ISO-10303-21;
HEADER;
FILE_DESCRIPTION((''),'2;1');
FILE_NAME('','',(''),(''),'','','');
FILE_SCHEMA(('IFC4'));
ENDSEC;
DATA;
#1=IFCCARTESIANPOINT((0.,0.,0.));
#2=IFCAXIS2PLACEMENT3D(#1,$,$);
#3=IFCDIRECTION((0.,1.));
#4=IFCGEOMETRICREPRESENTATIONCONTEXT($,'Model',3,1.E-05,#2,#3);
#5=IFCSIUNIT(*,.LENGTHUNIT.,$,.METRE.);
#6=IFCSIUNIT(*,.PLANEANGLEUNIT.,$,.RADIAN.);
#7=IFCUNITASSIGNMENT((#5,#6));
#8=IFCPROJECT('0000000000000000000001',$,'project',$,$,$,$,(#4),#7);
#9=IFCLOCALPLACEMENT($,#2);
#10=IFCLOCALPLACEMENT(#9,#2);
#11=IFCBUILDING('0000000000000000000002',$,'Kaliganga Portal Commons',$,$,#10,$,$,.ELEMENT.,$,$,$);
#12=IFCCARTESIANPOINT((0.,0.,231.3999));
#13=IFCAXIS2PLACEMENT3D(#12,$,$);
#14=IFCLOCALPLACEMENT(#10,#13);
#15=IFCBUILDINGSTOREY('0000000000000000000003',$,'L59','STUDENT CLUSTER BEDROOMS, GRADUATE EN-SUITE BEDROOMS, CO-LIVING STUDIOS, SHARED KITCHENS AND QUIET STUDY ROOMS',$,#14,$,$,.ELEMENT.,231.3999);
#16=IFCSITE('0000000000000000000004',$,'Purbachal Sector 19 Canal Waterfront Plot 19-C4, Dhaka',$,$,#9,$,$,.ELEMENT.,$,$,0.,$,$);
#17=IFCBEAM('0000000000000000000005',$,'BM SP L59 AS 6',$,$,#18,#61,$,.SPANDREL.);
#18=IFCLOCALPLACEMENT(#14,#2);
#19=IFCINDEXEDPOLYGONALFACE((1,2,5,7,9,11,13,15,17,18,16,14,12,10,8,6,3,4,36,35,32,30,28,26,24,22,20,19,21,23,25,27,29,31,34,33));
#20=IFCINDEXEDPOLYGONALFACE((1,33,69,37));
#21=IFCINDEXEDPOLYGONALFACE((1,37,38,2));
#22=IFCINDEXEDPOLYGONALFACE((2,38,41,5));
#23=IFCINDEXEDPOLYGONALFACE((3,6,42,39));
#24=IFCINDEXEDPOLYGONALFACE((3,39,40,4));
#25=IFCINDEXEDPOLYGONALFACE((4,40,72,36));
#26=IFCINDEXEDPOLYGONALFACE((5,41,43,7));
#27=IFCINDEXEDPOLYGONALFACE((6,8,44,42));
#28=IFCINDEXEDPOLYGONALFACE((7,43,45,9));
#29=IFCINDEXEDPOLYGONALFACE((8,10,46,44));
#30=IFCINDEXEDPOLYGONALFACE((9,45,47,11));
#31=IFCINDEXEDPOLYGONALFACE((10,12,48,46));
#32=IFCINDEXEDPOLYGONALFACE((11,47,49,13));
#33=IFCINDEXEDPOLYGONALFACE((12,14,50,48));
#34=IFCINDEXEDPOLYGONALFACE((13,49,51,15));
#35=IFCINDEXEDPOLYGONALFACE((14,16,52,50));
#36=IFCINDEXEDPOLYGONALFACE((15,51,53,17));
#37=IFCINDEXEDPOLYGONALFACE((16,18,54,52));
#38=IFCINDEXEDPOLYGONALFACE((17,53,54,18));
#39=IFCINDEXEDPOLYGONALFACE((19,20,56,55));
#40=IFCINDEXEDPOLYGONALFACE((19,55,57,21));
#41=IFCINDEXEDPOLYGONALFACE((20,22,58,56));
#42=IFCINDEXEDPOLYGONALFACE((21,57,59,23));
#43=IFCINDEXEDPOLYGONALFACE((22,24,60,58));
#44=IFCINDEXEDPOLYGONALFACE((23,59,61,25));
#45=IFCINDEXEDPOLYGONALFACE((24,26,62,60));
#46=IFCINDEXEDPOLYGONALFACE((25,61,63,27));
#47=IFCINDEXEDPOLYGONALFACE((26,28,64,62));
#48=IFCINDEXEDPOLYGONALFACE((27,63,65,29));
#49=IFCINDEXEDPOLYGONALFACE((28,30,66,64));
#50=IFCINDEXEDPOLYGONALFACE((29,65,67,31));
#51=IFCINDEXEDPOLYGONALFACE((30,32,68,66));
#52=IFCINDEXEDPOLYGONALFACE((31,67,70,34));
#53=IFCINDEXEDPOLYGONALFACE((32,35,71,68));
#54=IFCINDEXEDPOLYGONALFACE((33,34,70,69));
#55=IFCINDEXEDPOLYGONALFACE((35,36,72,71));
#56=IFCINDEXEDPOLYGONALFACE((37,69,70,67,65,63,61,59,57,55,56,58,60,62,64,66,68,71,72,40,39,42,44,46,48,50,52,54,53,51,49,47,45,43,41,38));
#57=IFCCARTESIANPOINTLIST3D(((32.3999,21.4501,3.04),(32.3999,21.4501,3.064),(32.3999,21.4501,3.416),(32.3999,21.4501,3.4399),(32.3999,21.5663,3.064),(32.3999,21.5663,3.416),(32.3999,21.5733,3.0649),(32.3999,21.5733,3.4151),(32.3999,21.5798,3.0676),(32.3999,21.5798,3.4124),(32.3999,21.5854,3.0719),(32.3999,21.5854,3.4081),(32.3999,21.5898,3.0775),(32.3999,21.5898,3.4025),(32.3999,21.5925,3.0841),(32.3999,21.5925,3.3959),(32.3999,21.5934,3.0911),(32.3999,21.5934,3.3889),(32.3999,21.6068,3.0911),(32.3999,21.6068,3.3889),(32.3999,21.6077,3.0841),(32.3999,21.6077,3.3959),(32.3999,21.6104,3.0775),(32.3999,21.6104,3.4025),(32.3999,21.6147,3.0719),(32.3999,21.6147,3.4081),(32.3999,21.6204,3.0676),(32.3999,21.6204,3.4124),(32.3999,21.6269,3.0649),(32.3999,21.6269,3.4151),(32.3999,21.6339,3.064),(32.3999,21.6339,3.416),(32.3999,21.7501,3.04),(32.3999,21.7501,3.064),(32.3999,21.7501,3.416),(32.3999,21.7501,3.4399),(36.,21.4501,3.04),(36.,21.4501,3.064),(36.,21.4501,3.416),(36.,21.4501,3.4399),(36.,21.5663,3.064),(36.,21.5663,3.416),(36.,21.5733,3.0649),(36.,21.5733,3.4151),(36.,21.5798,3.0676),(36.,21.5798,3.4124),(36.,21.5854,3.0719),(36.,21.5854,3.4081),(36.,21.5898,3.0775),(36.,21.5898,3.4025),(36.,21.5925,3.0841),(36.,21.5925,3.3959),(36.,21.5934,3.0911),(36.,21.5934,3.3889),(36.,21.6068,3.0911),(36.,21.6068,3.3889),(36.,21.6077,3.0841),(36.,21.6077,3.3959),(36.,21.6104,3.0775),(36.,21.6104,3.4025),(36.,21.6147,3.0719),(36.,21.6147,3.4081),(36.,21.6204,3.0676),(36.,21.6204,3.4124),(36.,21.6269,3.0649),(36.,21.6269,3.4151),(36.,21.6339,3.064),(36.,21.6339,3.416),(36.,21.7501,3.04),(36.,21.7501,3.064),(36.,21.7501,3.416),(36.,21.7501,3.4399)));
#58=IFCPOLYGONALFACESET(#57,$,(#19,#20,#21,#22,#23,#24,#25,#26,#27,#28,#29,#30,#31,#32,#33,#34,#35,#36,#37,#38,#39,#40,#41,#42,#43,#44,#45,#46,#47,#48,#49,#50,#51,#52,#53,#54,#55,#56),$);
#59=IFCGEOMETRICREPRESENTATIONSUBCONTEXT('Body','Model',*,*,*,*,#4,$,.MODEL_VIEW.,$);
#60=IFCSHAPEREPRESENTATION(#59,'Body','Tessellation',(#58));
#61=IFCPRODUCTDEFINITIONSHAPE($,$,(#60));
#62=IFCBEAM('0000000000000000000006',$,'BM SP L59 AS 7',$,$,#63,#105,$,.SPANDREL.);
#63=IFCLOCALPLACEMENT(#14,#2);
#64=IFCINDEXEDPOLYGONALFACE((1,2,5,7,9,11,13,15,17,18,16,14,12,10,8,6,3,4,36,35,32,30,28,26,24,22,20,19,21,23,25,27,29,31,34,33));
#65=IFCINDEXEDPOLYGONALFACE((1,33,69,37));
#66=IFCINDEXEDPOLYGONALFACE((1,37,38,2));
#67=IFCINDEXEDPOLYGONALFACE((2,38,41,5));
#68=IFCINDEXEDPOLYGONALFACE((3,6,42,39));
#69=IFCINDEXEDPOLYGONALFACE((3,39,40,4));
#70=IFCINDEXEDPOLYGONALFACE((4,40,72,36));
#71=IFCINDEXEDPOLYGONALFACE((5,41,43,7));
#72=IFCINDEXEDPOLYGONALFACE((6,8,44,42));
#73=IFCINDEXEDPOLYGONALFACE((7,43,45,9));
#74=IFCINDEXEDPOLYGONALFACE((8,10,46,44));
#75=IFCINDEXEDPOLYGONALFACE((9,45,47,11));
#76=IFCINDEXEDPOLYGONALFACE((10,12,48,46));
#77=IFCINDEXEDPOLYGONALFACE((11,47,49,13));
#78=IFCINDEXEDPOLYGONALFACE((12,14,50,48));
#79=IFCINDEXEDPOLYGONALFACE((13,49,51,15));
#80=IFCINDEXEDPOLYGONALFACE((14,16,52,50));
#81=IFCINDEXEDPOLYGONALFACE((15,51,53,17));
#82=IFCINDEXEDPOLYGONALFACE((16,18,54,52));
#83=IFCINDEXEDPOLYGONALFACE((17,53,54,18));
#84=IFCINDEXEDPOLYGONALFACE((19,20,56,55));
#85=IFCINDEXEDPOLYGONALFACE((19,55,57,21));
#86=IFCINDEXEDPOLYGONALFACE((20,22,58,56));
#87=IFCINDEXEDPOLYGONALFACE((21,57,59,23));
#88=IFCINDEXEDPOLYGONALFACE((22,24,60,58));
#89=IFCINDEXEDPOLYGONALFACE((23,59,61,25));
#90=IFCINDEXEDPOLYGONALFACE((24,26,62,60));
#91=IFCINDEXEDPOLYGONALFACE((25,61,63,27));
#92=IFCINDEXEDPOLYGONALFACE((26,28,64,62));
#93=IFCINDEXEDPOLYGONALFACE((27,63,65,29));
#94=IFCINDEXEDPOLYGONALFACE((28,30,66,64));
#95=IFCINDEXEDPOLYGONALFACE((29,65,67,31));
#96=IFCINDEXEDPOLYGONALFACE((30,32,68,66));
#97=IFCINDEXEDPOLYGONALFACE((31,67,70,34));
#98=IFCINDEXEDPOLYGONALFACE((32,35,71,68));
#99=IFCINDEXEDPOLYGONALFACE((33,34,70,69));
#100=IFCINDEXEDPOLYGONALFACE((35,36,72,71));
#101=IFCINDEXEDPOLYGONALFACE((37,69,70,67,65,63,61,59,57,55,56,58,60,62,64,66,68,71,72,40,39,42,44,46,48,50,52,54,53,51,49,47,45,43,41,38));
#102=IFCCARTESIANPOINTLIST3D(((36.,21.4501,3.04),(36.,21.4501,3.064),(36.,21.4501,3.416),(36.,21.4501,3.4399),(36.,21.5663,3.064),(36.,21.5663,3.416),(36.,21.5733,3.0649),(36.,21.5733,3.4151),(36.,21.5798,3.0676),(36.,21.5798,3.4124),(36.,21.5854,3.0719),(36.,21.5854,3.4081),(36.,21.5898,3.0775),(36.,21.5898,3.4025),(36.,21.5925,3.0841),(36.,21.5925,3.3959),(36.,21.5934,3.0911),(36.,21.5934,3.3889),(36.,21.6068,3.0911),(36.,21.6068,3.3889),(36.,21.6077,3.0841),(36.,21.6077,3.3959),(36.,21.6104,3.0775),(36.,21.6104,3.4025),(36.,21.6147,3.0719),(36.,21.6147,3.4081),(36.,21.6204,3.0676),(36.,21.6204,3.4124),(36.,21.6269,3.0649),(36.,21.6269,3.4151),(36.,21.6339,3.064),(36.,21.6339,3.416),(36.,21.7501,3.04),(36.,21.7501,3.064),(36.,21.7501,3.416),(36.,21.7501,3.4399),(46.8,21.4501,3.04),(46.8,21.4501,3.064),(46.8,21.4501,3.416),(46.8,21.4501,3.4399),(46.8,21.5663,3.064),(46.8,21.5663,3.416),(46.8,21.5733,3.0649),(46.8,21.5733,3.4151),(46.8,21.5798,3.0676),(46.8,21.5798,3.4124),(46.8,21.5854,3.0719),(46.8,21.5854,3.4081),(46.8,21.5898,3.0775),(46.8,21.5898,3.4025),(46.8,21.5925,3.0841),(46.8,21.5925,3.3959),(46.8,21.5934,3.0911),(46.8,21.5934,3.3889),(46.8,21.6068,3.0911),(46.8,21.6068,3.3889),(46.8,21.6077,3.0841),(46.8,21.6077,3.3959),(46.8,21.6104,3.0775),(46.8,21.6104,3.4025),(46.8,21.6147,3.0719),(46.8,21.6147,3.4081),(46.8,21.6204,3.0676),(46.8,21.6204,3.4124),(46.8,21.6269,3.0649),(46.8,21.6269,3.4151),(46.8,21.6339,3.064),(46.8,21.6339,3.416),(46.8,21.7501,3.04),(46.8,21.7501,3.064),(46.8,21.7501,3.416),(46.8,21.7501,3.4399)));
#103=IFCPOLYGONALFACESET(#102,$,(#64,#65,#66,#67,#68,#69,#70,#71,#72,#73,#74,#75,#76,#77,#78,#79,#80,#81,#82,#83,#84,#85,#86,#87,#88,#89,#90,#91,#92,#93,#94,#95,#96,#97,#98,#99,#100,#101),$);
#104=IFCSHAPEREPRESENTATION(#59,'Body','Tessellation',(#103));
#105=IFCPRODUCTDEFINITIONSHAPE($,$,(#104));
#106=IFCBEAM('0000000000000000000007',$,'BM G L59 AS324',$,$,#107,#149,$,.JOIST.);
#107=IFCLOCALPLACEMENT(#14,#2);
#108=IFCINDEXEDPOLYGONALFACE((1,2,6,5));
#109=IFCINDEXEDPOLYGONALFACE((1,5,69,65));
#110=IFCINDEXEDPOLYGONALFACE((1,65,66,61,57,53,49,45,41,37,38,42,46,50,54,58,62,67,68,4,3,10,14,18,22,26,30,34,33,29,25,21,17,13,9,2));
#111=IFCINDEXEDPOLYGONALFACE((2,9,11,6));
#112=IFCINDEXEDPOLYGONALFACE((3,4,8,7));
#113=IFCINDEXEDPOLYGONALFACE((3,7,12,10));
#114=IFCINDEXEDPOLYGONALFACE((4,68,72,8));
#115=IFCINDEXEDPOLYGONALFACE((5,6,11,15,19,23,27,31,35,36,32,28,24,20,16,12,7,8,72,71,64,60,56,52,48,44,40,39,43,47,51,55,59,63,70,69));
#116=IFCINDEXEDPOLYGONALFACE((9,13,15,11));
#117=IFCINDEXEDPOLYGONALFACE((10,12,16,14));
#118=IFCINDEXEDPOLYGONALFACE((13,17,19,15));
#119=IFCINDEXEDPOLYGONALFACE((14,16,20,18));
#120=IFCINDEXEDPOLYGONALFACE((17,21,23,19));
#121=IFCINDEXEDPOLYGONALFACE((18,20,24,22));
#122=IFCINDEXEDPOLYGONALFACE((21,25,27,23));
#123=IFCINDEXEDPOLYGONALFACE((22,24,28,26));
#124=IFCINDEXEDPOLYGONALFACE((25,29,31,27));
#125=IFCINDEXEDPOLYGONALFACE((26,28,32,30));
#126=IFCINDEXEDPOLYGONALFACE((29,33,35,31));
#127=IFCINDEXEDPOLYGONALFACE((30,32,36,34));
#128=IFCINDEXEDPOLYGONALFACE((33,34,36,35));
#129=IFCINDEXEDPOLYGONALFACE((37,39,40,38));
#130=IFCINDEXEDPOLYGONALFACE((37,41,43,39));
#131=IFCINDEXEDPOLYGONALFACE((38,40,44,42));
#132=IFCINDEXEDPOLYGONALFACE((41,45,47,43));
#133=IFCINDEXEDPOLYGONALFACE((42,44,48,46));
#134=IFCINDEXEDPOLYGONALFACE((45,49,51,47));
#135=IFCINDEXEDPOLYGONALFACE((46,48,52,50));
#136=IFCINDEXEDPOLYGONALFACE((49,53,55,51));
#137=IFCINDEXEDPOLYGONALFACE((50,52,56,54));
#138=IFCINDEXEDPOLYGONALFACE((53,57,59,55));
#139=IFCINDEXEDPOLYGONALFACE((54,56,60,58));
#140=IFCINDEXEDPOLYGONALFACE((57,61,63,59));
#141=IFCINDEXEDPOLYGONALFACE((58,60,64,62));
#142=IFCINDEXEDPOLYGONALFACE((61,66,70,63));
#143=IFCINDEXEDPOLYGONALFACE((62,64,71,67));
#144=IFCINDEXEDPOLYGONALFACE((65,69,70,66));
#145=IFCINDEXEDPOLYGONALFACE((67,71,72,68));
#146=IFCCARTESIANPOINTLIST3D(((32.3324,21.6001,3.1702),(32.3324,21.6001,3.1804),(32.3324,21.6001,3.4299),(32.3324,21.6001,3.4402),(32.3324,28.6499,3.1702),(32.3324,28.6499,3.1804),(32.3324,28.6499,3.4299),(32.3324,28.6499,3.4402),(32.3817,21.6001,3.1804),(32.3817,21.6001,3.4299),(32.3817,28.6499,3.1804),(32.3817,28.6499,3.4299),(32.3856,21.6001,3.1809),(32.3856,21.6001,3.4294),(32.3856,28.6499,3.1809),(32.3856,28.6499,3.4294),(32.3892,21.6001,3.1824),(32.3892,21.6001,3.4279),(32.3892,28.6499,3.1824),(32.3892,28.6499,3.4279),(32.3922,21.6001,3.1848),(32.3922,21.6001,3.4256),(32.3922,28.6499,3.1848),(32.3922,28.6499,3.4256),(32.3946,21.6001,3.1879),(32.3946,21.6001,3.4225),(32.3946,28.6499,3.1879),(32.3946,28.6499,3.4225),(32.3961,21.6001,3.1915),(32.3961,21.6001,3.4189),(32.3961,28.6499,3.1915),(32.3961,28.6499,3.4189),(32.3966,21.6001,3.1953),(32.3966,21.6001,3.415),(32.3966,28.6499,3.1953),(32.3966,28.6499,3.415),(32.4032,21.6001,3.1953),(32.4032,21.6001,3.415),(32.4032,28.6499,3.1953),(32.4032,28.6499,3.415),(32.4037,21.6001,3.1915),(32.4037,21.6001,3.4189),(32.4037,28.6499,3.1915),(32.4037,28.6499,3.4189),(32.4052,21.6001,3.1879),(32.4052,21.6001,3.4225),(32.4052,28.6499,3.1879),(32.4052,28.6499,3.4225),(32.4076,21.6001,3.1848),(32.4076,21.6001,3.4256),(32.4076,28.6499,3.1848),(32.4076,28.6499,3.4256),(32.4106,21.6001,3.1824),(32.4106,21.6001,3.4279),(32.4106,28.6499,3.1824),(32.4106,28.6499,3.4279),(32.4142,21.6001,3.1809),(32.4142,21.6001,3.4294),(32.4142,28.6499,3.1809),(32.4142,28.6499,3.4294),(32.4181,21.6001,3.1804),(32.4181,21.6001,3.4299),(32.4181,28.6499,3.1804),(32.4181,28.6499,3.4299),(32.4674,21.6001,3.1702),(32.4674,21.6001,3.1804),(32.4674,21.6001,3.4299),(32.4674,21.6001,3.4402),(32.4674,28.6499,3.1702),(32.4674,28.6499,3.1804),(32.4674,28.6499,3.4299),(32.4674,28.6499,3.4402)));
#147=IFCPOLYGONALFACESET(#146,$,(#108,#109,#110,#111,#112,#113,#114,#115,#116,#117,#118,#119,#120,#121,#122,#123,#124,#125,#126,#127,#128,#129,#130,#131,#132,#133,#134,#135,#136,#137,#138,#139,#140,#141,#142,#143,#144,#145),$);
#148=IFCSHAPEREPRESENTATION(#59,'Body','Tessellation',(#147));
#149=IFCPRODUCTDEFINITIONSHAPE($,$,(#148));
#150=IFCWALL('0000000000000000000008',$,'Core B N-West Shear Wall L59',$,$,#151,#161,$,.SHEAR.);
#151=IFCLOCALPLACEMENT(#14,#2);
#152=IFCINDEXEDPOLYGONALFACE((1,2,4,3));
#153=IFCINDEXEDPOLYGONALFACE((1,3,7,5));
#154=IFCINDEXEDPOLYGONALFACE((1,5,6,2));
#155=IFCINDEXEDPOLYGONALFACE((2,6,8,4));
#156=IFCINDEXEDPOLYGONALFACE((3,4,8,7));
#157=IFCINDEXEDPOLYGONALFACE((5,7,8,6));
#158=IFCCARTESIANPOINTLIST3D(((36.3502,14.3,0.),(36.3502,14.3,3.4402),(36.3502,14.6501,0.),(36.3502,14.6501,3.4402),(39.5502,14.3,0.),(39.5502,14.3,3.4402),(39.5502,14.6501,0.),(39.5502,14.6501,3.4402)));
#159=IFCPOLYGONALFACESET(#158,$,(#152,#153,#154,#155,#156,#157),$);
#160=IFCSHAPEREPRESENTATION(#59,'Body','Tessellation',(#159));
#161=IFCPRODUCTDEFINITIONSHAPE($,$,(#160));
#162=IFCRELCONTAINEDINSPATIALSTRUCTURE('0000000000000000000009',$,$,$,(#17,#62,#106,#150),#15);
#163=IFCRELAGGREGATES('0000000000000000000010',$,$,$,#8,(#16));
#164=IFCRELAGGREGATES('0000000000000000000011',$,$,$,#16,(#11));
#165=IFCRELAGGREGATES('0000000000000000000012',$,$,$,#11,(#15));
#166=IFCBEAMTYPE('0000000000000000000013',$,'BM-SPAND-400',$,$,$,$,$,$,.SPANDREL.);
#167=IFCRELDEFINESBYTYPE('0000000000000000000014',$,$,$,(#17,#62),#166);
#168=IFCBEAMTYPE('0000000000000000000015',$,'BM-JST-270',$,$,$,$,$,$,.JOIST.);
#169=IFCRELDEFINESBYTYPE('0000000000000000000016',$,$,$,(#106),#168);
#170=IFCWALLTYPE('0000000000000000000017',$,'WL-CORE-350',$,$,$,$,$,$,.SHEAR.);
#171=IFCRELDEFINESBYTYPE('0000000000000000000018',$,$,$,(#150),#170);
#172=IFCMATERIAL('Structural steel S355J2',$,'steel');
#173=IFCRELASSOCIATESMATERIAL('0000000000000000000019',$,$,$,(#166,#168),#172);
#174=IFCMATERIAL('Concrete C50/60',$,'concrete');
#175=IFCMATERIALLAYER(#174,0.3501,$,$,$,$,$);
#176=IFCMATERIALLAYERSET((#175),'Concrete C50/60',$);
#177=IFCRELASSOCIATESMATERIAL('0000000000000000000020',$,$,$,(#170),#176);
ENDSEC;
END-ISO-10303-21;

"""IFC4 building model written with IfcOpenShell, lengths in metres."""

from ifc_helpers import new_model, si_unit, direction, frame, frame_2d, origin, origin_2d, place, context, subcontext, project, spatial, rectangle, i_section, extrude, source, transform, mapped, material, layer, layer_set, material_profile, profile_set, type_object, element, save


model = new_model("IFC4")

# Units and contexts
model_context = context("Model", 3, precision=1e-05, world=origin(), true_north=direction((0.0, 1.0)))
body_context = subcontext(model_context, "Body", "Model", "MODEL_VIEW")
ifc_project = project(units=[si_unit("LENGTHUNIT", "METRE"), si_unit("PLANEANGLEUNIT", "RADIAN")], contexts=[model_context])

# Site, building, storey
site_placement = place(None, origin())
site = spatial("IfcSite", under=ifc_project, at=site_placement, Name="Purbachal Sector 19 Canal Waterfront Plot 19-C4, Dhaka", CompositionType="ELEMENT", RefElevation=0.0)
building_placement = place(site_placement, origin())
building = spatial("IfcBuilding", under=site, at=building_placement, Name="Kaliganga Portal Commons", CompositionType="ELEMENT")
storey_placement = place(building_placement, frame((0.0, 0.0, 231.3999)))
storey = spatial("IfcBuildingStorey", under=building, at=storey_placement, Name="L59", Description="STUDENT CLUSTER BEDROOMS, GRADUATE EN-SUITE BEDROOMS, CO-LIVING STUDIOS, SHARED KITCHENS AND QUIET STUDY ROOMS", CompositionType="ELEMENT", Elevation=231.3999)

# Shared definitions
ifc_material_1 = material(Name="Concrete C50/60", Category="concrete")
ifc_material_2 = material(Name="Structural steel S355J2", Category="steel")

# Beams
ifc_material_profile_1 = material_profile(ifc_material_2, i_section(OverallWidth=0.3, OverallDepth=0.3999, WebThickness=0.0134, FlangeThickness=0.0239, FilletRadius=0.0271, at=origin_2d()), Name="HE 400 B")
ifc_profile_set_1 = profile_set([ifc_material_profile_1], Name="Structural steel S355J2 wide-flange")
beam_type_1 = type_object("IfcBeamType", Name="BM-SPAND-400", PredefinedType="SPANDREL", material=ifc_profile_set_1)
shared_shape_1 = source(origin(), body_context, "Body", "SweptSolid", [
    extrude(i_section(OverallWidth=0.3, OverallDepth=0.3999, WebThickness=0.0134, FlangeThickness=0.0239, FilletRadius=0.0271, at=origin_2d()), origin(), (0.0, 0.0, 1.0), 3.6001),
])
beam_1_placement = place(storey_placement, frame((32.3999, 21.6001, 3.24), z_axis=(1.0, 0.0, 0.0), x_axis=(0.0, 1.0, 0.0)))
element("IfcBeam", 1, at=beam_1_placement, inside=storey, type_object=beam_type_1, Name="BM SP L59 AS 6", PredefinedType="SPANDREL", context=body_context, shape_type="MappedRepresentation", body=[
    mapped(shared_shape_1, transform((0.0, 0.0, 0.0), x_axis=(1.0, 0.0, 0.0), y_axis=(0.0, 1.0, 0.0), z_axis=(0.0, 0.0, 1.0), scale=1.0)),
])
shared_shape_2 = source(origin(), body_context, "Body", "SweptSolid", [
    extrude(i_section(OverallWidth=0.3, OverallDepth=0.3999, WebThickness=0.0134, FlangeThickness=0.0239, FilletRadius=0.0271, at=origin_2d()), origin(), (0.0, 0.0, 1.0), 10.8),
])
beam_2_placement = place(storey_placement, frame((36.0, 21.6001, 3.24), z_axis=(1.0, 0.0, 0.0), x_axis=(0.0, 1.0, 0.0)))
element("IfcBeam", 2, at=beam_2_placement, inside=storey, type_object=beam_type_1, Name="BM SP L59 AS 7", PredefinedType="SPANDREL", context=body_context, shape_type="MappedRepresentation", body=[
    mapped(shared_shape_2, transform((0.0, 0.0, 0.0), x_axis=(1.0, 0.0, 0.0), y_axis=(0.0, 1.0, 0.0), z_axis=(0.0, 0.0, 1.0), scale=1.0)),
])
ifc_material_profile_2 = material_profile(ifc_material_2, i_section(OverallWidth=0.135, OverallDepth=0.27, WebThickness=0.0066, FlangeThickness=0.0103, FilletRadius=0.0149, at=origin_2d()), Name="IPE 270")
ifc_profile_set_2 = profile_set([ifc_material_profile_2], Name="Structural steel S355J2 wide-flange")
beam_type_2 = type_object("IfcBeamType", Name="BM-JST-270", PredefinedType="JOIST", material=ifc_profile_set_2)
shared_shape_3 = source(origin(), body_context, "Body", "SweptSolid", [
    extrude(i_section(OverallWidth=0.135, OverallDepth=0.27, WebThickness=0.0066, FlangeThickness=0.0103, FilletRadius=0.0149, at=origin_2d()), origin(), (0.0, 0.0, 1.0), 7.0498),
])
beam_3_placement = place(storey_placement, frame((32.3999, 21.6001, 3.3052), z_axis=(0.0, 1.0, 0.0), x_axis=(-1.0, 0.0, 0.0)))
element("IfcBeam", 3, at=beam_3_placement, inside=storey, type_object=beam_type_2, Name="BM G L59 AS324", PredefinedType="JOIST", context=body_context, shape_type="MappedRepresentation", body=[
    mapped(shared_shape_3, transform((0.0, 0.0, 0.0), x_axis=(1.0, 0.0, 0.0), y_axis=(0.0, 1.0, 0.0), z_axis=(0.0, 0.0, 1.0), scale=1.0)),
])

# Wall
ifc_layer_1 = layer(ifc_material_1, 0.3501)
ifc_layer_set_1 = layer_set([ifc_layer_1], Name="Concrete C50/60")
wall_type_1 = type_object("IfcWallType", Name="WL-CORE-350", PredefinedType="SHEAR", material=ifc_layer_set_1)
wall_1_placement = place(storey_placement, frame((36.3501, 14.4751, 0.0), z_axis=(0.0, 0.0, 1.0), x_axis=(1.0, 0.0, 0.0)))
element("IfcWall", 4, at=wall_1_placement, inside=storey, type_object=wall_type_1, Name="Core B N-West Shear Wall L59", PredefinedType="SHEAR", context=body_context, shape_type="SweptSolid", body=[
    extrude(rectangle(XDim=3.2, YDim=0.3501, at=frame_2d((1.6001, 0.0))), origin(), (0.0, 0.0, 1.0), 3.4402),
])

save(model, "model.ifc")
